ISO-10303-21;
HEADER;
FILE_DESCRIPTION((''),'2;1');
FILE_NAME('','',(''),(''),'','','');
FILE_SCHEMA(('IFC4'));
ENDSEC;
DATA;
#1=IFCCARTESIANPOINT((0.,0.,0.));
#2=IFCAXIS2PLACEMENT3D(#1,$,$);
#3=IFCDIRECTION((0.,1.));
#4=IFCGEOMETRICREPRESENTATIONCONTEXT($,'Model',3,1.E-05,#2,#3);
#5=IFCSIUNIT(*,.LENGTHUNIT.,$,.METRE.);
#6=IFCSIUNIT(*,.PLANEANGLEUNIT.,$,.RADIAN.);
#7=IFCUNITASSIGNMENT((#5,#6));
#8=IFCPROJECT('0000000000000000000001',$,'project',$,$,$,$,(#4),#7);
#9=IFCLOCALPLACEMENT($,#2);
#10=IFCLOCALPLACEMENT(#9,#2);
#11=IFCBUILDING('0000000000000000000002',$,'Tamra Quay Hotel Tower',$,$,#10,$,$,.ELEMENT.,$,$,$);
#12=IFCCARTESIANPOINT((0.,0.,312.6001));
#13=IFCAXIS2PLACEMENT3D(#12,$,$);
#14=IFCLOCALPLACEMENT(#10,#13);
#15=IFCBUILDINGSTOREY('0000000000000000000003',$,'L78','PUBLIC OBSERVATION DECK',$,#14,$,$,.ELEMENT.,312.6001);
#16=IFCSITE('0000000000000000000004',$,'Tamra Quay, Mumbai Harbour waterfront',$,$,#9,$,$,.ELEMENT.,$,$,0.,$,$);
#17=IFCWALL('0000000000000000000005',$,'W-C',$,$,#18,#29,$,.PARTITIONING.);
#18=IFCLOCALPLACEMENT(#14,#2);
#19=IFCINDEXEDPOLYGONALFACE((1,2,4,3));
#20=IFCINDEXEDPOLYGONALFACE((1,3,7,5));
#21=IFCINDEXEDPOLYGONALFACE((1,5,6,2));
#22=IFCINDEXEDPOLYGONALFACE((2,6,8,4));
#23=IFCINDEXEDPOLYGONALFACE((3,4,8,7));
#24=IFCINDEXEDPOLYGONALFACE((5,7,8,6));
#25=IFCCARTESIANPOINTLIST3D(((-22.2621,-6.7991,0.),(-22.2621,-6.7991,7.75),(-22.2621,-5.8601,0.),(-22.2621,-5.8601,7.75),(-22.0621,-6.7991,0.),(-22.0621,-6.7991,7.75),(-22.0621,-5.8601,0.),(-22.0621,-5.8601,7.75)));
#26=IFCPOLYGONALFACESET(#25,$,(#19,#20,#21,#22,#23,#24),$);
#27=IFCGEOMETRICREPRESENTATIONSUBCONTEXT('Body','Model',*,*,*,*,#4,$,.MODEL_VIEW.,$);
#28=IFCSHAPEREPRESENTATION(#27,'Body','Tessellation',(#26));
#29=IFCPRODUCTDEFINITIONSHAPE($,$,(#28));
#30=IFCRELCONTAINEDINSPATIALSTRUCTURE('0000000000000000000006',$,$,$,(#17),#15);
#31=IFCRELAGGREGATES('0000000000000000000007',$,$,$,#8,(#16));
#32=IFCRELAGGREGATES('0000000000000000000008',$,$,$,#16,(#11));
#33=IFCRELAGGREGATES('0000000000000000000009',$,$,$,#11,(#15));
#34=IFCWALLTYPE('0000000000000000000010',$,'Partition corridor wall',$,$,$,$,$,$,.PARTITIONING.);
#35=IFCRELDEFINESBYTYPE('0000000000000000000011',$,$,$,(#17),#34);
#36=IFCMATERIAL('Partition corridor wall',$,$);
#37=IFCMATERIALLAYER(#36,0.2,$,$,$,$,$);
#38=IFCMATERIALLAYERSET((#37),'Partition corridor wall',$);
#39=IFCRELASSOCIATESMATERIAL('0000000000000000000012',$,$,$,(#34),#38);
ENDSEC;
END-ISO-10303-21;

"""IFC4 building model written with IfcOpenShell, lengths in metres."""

from ifc_helpers import new_model, si_unit, direction, frame, frame_2d, origin, place, context, subcontext, project, spatial, rectangle, extrude, material, layer, layer_set, type_object, element, save


model = new_model("IFC4")

# Units and contexts
model_context = context("Model", 3, precision=1e-05, world=origin(), true_north=direction((0.0, 1.0)))
body_context = subcontext(model_context, "Body", "Model", "MODEL_VIEW")
ifc_project = project(units=[si_unit("LENGTHUNIT", "METRE"), si_unit("PLANEANGLEUNIT", "RADIAN")], contexts=[model_context])

# Site, building, storey
site_placement = place(None, origin())
site = spatial("IfcSite", under=ifc_project, at=site_placement, Name="Tamra Quay, Mumbai Harbour waterfront", CompositionType="ELEMENT", RefElevation=0.0)
building_placement = place(site_placement, origin())
building = spatial("IfcBuilding", under=site, at=building_placement, Name="Tamra Quay Hotel Tower", CompositionType="ELEMENT")
storey_placement = place(building_placement, frame((0.0, 0.0, 312.6001)))
storey = spatial("IfcBuildingStorey", under=building, at=storey_placement, Name="L78", Description="PUBLIC OBSERVATION DECK", CompositionType="ELEMENT", Elevation=312.6001)

# Wall
ifc_material_1 = material(Name="Partition corridor wall")
ifc_layer_1 = layer(ifc_material_1, 0.2)
ifc_layer_set_1 = layer_set([ifc_layer_1], Name="Partition corridor wall")
wall_type_1 = type_object("IfcWallType", Name="Partition corridor wall", PredefinedType="PARTITIONING", material=ifc_layer_set_1)
wall_1_placement = place(storey_placement, frame((-22.1621, -6.7991, 0.0), z_axis=(0.0, 0.0, 1.0), x_axis=(0.0, 1.0, 0.0)))
element("IfcWall", 1, at=wall_1_placement, inside=storey, type_object=wall_type_1, Name="W-C", PredefinedType="PARTITIONING", context=body_context, shape_type="SweptSolid", body=[
    extrude(rectangle(XDim=0.939, YDim=0.2, at=frame_2d((0.4695, 0.0))), origin(), (0.0, 0.0, 1.0), 7.75),
])

save(model, "model.ifc")
